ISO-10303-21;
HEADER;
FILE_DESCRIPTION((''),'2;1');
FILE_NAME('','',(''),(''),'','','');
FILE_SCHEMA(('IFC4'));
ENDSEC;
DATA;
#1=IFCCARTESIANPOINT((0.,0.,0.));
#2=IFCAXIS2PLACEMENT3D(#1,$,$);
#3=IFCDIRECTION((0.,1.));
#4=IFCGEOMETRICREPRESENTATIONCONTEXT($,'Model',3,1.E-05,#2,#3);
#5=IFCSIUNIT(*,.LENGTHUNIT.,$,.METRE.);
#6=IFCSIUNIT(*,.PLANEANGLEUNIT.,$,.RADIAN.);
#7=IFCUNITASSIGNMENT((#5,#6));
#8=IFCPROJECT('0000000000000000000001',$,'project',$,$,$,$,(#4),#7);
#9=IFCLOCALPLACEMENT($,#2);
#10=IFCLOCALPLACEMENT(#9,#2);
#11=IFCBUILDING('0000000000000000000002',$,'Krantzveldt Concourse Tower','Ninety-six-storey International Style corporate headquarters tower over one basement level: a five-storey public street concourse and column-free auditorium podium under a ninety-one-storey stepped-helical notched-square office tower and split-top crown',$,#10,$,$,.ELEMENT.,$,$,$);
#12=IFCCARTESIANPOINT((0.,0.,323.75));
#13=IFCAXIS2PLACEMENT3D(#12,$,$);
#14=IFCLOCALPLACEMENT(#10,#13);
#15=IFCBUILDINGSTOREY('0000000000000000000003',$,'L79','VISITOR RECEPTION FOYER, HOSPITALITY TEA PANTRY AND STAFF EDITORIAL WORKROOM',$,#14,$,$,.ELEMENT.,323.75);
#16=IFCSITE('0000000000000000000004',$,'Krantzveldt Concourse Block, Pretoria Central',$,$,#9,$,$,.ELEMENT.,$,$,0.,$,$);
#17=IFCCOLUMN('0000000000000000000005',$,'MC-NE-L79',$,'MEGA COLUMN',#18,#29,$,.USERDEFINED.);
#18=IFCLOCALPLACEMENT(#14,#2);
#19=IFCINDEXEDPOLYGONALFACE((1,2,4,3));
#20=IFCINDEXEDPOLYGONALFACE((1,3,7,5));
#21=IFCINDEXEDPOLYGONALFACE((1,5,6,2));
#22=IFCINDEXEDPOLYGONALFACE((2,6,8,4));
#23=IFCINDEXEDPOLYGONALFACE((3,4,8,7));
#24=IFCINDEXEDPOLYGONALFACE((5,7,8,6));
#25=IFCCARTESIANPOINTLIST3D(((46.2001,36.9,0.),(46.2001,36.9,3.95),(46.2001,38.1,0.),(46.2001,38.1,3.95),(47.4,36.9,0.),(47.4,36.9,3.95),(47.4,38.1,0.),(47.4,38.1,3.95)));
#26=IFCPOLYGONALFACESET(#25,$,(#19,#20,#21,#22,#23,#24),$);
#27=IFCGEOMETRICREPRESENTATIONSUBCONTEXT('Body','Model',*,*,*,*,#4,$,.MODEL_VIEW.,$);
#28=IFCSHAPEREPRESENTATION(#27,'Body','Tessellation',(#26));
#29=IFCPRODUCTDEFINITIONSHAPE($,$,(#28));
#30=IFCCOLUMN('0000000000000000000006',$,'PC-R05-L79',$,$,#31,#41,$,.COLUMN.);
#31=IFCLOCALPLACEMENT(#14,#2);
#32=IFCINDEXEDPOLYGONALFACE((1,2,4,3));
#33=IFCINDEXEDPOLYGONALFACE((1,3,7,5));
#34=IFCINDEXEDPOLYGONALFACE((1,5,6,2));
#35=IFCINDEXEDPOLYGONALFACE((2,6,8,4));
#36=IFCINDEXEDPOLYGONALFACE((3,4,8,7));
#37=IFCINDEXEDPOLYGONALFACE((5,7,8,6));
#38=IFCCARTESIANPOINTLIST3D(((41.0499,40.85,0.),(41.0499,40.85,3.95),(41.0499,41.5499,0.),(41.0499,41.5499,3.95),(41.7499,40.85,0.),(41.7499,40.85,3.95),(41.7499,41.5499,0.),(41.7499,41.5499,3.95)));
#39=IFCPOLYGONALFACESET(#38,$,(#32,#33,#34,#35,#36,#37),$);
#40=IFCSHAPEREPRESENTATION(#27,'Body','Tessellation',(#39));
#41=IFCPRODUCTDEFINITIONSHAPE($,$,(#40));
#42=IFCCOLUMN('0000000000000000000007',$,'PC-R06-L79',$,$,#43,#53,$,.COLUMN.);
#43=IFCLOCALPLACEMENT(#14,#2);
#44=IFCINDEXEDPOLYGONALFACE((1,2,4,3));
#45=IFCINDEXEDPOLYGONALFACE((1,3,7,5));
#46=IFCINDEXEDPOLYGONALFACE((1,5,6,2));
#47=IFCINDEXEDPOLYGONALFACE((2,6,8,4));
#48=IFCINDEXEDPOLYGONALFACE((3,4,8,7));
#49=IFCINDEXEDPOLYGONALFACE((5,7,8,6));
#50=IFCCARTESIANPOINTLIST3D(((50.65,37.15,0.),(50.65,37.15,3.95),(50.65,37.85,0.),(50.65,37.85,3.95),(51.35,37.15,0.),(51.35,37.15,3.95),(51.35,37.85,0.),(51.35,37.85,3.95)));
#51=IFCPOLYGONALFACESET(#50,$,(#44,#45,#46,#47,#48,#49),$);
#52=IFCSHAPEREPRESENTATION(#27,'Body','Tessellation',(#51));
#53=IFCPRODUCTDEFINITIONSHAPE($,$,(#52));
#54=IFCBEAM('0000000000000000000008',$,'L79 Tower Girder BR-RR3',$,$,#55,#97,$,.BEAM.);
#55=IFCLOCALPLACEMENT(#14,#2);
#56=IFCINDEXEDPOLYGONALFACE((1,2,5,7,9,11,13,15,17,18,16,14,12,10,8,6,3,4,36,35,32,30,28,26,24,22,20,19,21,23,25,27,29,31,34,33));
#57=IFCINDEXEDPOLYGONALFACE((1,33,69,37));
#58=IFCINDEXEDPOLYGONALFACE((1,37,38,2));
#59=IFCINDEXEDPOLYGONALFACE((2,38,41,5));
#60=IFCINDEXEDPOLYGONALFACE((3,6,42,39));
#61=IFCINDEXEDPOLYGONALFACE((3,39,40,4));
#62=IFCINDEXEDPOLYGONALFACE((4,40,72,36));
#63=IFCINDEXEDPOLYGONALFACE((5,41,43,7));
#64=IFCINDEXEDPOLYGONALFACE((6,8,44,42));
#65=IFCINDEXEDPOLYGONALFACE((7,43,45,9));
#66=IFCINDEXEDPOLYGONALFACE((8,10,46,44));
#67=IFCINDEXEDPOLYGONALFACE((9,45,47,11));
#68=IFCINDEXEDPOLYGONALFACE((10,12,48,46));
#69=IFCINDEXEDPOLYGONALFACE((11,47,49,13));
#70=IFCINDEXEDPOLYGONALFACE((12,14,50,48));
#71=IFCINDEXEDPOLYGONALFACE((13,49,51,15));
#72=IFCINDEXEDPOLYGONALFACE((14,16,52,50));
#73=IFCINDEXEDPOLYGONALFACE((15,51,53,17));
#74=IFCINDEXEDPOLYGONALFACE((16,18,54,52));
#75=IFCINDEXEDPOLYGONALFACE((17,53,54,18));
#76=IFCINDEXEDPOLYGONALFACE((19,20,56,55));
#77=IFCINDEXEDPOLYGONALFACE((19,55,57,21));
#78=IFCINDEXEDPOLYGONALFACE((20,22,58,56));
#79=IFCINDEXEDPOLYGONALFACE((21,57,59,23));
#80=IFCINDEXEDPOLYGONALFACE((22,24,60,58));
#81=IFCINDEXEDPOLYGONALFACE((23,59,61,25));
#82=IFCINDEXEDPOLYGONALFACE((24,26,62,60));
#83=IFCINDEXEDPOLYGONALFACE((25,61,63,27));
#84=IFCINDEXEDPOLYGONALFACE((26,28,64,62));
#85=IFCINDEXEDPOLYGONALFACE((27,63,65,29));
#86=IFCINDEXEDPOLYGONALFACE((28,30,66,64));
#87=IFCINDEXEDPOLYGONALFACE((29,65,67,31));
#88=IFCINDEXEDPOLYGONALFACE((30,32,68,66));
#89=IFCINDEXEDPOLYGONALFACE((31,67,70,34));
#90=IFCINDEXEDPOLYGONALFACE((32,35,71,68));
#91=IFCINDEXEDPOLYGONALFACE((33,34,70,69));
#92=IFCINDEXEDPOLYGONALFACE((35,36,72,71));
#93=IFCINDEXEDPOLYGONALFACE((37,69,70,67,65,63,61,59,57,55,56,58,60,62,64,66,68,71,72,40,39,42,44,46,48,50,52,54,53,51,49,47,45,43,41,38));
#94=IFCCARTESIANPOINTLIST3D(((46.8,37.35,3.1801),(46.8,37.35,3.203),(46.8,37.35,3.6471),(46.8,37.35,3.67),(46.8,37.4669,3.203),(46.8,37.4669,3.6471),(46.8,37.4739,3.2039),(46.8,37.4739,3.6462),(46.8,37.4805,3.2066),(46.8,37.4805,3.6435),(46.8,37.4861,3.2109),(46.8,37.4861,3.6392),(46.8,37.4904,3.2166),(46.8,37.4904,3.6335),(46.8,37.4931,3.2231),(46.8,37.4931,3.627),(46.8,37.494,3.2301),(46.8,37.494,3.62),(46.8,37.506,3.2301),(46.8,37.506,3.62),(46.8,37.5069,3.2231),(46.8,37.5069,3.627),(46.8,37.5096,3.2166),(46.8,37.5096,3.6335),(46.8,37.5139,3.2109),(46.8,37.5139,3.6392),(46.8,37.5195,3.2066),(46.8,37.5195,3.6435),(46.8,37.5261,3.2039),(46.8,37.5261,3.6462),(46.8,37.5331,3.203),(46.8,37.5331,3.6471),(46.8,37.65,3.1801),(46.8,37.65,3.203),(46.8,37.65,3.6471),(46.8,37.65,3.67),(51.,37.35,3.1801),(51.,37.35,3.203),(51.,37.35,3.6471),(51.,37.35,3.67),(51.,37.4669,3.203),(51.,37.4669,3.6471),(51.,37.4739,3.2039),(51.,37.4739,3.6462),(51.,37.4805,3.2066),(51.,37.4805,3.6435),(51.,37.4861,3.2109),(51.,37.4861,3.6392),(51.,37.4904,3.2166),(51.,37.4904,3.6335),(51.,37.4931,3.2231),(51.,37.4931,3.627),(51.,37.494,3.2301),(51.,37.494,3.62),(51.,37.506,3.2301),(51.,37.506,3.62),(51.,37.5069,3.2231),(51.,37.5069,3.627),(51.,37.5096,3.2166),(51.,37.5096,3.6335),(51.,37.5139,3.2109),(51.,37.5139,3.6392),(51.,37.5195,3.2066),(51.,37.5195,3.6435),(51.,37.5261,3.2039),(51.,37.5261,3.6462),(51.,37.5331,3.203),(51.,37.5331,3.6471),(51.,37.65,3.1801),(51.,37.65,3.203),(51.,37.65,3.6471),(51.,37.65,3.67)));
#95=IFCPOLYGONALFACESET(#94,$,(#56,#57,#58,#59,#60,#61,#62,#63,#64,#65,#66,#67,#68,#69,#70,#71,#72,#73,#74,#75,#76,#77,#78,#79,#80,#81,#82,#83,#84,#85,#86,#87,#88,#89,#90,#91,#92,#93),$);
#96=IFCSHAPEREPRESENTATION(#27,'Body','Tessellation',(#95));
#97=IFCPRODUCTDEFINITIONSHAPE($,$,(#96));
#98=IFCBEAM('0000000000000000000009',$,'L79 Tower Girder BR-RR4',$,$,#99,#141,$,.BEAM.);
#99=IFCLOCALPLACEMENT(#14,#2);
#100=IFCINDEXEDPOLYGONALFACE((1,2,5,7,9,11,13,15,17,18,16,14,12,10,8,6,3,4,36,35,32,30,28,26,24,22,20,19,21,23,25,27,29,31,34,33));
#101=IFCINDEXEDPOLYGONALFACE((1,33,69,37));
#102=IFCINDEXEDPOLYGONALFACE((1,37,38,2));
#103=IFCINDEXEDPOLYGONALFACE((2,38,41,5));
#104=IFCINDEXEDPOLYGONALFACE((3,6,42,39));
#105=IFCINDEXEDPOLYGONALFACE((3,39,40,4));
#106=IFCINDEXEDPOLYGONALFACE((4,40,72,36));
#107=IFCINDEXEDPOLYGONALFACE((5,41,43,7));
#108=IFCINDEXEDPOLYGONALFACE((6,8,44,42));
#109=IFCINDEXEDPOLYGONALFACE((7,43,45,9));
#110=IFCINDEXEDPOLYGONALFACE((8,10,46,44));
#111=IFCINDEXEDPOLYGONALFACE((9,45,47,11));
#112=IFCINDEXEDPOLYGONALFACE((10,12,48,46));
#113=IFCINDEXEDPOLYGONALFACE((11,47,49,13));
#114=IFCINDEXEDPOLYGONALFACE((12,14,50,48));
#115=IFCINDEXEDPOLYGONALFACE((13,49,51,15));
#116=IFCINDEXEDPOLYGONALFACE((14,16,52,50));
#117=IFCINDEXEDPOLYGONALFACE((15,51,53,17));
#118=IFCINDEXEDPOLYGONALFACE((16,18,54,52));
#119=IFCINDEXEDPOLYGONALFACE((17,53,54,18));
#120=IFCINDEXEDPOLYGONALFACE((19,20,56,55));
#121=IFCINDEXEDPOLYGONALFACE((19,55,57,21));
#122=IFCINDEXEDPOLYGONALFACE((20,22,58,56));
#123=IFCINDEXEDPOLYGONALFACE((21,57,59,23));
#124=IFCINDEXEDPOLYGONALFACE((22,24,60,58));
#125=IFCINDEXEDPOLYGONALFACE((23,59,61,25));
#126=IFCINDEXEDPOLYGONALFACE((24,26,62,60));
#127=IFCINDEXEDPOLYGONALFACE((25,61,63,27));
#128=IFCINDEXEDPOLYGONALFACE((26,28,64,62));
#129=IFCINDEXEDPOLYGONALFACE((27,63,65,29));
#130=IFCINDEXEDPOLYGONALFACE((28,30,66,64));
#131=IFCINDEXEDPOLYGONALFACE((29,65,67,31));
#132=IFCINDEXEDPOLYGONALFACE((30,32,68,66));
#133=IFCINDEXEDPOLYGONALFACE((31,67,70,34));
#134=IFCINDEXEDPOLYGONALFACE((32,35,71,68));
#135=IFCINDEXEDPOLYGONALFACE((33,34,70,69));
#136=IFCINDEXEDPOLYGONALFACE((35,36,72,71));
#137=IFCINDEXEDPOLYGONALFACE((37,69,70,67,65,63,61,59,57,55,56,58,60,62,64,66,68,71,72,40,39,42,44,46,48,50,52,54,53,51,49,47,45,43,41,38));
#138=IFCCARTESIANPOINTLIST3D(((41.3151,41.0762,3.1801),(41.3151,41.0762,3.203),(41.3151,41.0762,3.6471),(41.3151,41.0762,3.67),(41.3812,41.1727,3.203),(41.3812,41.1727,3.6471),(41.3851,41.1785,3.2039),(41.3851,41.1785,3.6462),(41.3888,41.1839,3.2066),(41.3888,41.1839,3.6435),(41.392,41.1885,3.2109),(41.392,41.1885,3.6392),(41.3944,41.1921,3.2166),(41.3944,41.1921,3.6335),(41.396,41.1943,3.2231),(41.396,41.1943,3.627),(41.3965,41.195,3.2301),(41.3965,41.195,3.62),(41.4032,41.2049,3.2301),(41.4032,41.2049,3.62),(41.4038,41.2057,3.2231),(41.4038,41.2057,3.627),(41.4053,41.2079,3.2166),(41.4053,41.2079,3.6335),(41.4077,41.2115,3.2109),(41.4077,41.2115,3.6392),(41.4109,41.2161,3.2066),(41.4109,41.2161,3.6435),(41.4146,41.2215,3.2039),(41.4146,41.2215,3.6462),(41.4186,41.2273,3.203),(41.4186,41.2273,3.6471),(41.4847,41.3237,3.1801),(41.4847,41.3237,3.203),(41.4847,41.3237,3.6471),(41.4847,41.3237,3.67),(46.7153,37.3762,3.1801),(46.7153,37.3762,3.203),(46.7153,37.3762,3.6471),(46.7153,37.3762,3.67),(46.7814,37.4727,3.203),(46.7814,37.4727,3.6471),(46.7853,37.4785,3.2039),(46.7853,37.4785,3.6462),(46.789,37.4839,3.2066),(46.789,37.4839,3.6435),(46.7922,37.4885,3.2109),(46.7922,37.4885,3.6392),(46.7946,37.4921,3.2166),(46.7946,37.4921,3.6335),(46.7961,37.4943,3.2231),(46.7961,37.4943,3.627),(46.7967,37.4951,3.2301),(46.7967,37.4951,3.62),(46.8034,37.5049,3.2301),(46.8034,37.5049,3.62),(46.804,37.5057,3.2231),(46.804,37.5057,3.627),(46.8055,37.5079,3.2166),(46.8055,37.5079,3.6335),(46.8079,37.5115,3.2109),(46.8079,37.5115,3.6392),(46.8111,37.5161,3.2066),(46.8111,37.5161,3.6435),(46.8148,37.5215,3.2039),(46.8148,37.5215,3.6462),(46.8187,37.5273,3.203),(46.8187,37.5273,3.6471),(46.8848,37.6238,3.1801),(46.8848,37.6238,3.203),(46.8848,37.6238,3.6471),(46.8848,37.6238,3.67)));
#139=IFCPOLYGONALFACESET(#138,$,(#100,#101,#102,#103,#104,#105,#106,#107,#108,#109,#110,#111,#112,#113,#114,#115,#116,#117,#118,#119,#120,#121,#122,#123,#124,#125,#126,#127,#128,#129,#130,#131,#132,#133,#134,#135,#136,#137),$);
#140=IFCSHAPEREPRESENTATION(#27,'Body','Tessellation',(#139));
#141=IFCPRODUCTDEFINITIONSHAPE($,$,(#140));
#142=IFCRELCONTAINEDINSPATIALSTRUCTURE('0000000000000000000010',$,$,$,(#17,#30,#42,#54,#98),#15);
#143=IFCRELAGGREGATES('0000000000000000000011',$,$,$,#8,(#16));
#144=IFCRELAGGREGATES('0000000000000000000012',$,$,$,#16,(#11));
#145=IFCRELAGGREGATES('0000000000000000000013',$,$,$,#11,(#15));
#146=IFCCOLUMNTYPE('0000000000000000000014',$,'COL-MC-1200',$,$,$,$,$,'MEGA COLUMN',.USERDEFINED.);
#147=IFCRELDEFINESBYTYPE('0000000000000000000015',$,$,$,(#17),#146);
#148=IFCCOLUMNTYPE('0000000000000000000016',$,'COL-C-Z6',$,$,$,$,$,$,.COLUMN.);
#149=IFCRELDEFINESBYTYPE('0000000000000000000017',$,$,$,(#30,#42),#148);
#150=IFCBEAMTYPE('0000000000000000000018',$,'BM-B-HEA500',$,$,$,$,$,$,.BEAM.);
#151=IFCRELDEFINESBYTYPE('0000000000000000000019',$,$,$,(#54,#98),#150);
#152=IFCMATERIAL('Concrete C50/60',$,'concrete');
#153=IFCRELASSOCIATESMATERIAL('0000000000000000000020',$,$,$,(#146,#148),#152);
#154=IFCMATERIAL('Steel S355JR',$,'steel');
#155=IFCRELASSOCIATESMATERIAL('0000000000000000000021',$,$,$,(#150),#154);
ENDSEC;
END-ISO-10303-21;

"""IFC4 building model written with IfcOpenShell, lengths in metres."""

from ifc_helpers import new_model, si_unit, direction, frame, origin, origin_2d, place, context, subcontext, project, spatial, rectangle, i_section, extrude, source, transform, mapped, material, material_profile, profile_set, type_object, type_shapes, element, save


model = new_model("IFC4")

# Units and contexts
model_context = context("Model", 3, precision=1e-05, world=origin(), true_north=direction((0.0, 1.0)))
body_context = subcontext(model_context, "Body", "Model", "MODEL_VIEW")
ifc_project = project(units=[si_unit("LENGTHUNIT", "METRE"), si_unit("PLANEANGLEUNIT", "RADIAN")], contexts=[model_context])

# Site, building, storey
site_placement = place(None, origin())
site = spatial("IfcSite", under=ifc_project, at=site_placement, Name="Krantzveldt Concourse Block, Pretoria Central", CompositionType="ELEMENT", RefElevation=0.0)
building_placement = place(site_placement, origin())
building = spatial("IfcBuilding", under=site, at=building_placement, Name="Krantzveldt Concourse Tower", Description="Ninety-six-storey International Style corporate headquarters tower over one basement level: a five-storey public street concourse and column-free auditorium podium under a ninety-one-storey stepped-helical notched-square office tower and split-top crown", CompositionType="ELEMENT")
storey_placement = place(building_placement, frame((0.0, 0.0, 323.75)))
storey = spatial("IfcBuildingStorey", under=building, at=storey_placement, Name="L79", Description="VISITOR RECEPTION FOYER, HOSPITALITY TEA PANTRY AND STAFF EDITORIAL WORKROOM", CompositionType="ELEMENT", Elevation=323.75)

# Columns
ifc_material_1 = material(Name="Concrete C50/60", Category="concrete")
ifc_material_profile_1 = material_profile(ifc_material_1, rectangle(XDim=1.2, YDim=1.2, at=origin_2d()), Name="Concrete C50/60", Category="concrete")
ifc_profile_set_1 = profile_set([ifc_material_profile_1], Name="Concrete C50/60 - RC 1200x1200")
column_type_1 = type_object("IfcColumnType", Name="COL-MC-1200", ElementType="MEGA COLUMN", PredefinedType="USERDEFINED", material=ifc_profile_set_1)
shared_shape_1 = source(origin(), body_context, "Body", "SweptSolid", [
    extrude(rectangle(XDim=1.2, YDim=1.2, at=origin_2d()), origin(), (0.0, 0.0, 1.0), 3.95),
])
type_shapes(column_type_1, [shared_shape_1])
column_placement = place(storey_placement, frame((46.8, 37.5, 0.0), z_axis=(0.0, 0.0, 1.0), x_axis=(1.0, 0.0, 0.0)))
element("IfcColumn", 1, at=column_placement, inside=storey, type_object=column_type_1, Name="MC-NE-L79", ObjectType="MEGA COLUMN", PredefinedType="USERDEFINED", context=body_context, shape_type="MappedRepresentation", body=[
    mapped(shared_shape_1, transform((0.0, 0.0, 0.0), x_axis=(1.0, 0.0, 0.0), y_axis=(0.0, 1.0, 0.0), z_axis=(0.0, 0.0, 1.0), scale=1.0)),
])
ifc_material_profile_2 = material_profile(ifc_material_1, rectangle(XDim=0.7, YDim=0.7, at=origin_2d()), Name="Concrete C50/60", Category="concrete")
ifc_profile_set_2 = profile_set([ifc_material_profile_2], Name="Concrete C50/60 - RC 700x700")
column_type_2 = type_object("IfcColumnType", Name="COL-C-Z6", PredefinedType="COLUMN", material=ifc_profile_set_2)
shared_shape_2 = source(origin(), body_context, "Body", "SweptSolid", [
    extrude(rectangle(XDim=0.7, YDim=0.7, at=origin_2d()), origin(), (0.0, 0.0, 1.0), 3.95),
])
type_shapes(column_type_2, [shared_shape_2])
for number, where, z_axis, x_axis, name in (
    (2, (41.3999, 41.2, 0.0), (0.0, 0.0, 1.0), (1.0, 0.0, 0.0), "PC-R05-L79"),
    (3, (51.0, 37.5, 0.0), (0.0, 0.0, 1.0), (1.0, 0.0, 0.0), "PC-R06-L79"),
):
    element("IfcColumn", number, at=place(storey_placement, frame(where, z_axis=z_axis, x_axis=x_axis)), inside=storey, type_object=column_type_2, Name=name, PredefinedType="COLUMN", context=body_context, shape_type="MappedRepresentation", body=[
        mapped(shared_shape_2, transform((0.0, 0.0, 0.0), x_axis=(1.0, 0.0, 0.0), y_axis=(0.0, 1.0, 0.0), z_axis=(0.0, 0.0, 1.0), scale=1.0)),
    ])

# Beams
ifc_material_2 = material(Name="Steel S355JR", Category="steel")
ifc_material_profile_3 = material_profile(ifc_material_2, i_section(OverallWidth=0.3, OverallDepth=0.49, WebThickness=0.012, FlangeThickness=0.0229, FilletRadius=0.0271, at=origin_2d()), Name="Steel S355JR", Category="steel")
ifc_profile_set_3 = profile_set([ifc_material_profile_3], Name="Steel S355JR - HEA 500")
beam_type_1 = type_object("IfcBeamType", Name="BM-B-HEA500", PredefinedType="BEAM", material=ifc_profile_set_3)
shared_shape_3 = source(origin(), body_context, "Body", "SweptSolid", [
    extrude(i_section(OverallWidth=0.3, OverallDepth=0.49, WebThickness=0.012, FlangeThickness=0.0229, FilletRadius=0.0271, at=origin_2d()), origin(), (0.0, 0.0, 1.0), 4.2),
])
beam_1_placement = place(storey_placement, frame((46.8, 37.5, 3.425), z_axis=(1.0, 0.0, 0.0), x_axis=(0.0, 1.0, 0.0)))
element("IfcBeam", 4, at=beam_1_placement, inside=storey, type_object=beam_type_1, Name="L79 Tower Girder BR-RR3", PredefinedType="BEAM", context=body_context, shape_type="MappedRepresentation", body=[
    mapped(shared_shape_3, transform((0.0, 0.0, 0.0), x_axis=(1.0, 0.0, 0.0), y_axis=(0.0, 1.0, 0.0), z_axis=(0.0, 0.0, 1.0), scale=1.0)),
])
shared_shape_4 = source(origin(), body_context, "Body", "SweptSolid", [
    extrude(i_section(OverallWidth=0.3, OverallDepth=0.49, WebThickness=0.012, FlangeThickness=0.0229, FilletRadius=0.0271, at=origin_2d()), origin(), (0.0, 0.0, 1.0), 6.5461),
])
type_shapes(beam_type_1, [shared_shape_3, shared_shape_4])
beam_2_placement = place(storey_placement, frame((46.8, 37.5, 3.425), z_axis=(-0.824943, 0.565216, 0.0), x_axis=(-0.565216, -0.824943, 0.0)))
element("IfcBeam", 5, at=beam_2_placement, inside=storey, type_object=beam_type_1, Name="L79 Tower Girder BR-RR4", PredefinedType="BEAM", context=body_context, shape_type="MappedRepresentation", body=[
    mapped(shared_shape_4, transform((0.0, 0.0, 0.0), x_axis=(1.0, 0.0, 0.0), y_axis=(0.0, 1.0, 0.0), z_axis=(0.0, 0.0, 1.0), scale=1.0)),
])

save(model, "model.ifc")
